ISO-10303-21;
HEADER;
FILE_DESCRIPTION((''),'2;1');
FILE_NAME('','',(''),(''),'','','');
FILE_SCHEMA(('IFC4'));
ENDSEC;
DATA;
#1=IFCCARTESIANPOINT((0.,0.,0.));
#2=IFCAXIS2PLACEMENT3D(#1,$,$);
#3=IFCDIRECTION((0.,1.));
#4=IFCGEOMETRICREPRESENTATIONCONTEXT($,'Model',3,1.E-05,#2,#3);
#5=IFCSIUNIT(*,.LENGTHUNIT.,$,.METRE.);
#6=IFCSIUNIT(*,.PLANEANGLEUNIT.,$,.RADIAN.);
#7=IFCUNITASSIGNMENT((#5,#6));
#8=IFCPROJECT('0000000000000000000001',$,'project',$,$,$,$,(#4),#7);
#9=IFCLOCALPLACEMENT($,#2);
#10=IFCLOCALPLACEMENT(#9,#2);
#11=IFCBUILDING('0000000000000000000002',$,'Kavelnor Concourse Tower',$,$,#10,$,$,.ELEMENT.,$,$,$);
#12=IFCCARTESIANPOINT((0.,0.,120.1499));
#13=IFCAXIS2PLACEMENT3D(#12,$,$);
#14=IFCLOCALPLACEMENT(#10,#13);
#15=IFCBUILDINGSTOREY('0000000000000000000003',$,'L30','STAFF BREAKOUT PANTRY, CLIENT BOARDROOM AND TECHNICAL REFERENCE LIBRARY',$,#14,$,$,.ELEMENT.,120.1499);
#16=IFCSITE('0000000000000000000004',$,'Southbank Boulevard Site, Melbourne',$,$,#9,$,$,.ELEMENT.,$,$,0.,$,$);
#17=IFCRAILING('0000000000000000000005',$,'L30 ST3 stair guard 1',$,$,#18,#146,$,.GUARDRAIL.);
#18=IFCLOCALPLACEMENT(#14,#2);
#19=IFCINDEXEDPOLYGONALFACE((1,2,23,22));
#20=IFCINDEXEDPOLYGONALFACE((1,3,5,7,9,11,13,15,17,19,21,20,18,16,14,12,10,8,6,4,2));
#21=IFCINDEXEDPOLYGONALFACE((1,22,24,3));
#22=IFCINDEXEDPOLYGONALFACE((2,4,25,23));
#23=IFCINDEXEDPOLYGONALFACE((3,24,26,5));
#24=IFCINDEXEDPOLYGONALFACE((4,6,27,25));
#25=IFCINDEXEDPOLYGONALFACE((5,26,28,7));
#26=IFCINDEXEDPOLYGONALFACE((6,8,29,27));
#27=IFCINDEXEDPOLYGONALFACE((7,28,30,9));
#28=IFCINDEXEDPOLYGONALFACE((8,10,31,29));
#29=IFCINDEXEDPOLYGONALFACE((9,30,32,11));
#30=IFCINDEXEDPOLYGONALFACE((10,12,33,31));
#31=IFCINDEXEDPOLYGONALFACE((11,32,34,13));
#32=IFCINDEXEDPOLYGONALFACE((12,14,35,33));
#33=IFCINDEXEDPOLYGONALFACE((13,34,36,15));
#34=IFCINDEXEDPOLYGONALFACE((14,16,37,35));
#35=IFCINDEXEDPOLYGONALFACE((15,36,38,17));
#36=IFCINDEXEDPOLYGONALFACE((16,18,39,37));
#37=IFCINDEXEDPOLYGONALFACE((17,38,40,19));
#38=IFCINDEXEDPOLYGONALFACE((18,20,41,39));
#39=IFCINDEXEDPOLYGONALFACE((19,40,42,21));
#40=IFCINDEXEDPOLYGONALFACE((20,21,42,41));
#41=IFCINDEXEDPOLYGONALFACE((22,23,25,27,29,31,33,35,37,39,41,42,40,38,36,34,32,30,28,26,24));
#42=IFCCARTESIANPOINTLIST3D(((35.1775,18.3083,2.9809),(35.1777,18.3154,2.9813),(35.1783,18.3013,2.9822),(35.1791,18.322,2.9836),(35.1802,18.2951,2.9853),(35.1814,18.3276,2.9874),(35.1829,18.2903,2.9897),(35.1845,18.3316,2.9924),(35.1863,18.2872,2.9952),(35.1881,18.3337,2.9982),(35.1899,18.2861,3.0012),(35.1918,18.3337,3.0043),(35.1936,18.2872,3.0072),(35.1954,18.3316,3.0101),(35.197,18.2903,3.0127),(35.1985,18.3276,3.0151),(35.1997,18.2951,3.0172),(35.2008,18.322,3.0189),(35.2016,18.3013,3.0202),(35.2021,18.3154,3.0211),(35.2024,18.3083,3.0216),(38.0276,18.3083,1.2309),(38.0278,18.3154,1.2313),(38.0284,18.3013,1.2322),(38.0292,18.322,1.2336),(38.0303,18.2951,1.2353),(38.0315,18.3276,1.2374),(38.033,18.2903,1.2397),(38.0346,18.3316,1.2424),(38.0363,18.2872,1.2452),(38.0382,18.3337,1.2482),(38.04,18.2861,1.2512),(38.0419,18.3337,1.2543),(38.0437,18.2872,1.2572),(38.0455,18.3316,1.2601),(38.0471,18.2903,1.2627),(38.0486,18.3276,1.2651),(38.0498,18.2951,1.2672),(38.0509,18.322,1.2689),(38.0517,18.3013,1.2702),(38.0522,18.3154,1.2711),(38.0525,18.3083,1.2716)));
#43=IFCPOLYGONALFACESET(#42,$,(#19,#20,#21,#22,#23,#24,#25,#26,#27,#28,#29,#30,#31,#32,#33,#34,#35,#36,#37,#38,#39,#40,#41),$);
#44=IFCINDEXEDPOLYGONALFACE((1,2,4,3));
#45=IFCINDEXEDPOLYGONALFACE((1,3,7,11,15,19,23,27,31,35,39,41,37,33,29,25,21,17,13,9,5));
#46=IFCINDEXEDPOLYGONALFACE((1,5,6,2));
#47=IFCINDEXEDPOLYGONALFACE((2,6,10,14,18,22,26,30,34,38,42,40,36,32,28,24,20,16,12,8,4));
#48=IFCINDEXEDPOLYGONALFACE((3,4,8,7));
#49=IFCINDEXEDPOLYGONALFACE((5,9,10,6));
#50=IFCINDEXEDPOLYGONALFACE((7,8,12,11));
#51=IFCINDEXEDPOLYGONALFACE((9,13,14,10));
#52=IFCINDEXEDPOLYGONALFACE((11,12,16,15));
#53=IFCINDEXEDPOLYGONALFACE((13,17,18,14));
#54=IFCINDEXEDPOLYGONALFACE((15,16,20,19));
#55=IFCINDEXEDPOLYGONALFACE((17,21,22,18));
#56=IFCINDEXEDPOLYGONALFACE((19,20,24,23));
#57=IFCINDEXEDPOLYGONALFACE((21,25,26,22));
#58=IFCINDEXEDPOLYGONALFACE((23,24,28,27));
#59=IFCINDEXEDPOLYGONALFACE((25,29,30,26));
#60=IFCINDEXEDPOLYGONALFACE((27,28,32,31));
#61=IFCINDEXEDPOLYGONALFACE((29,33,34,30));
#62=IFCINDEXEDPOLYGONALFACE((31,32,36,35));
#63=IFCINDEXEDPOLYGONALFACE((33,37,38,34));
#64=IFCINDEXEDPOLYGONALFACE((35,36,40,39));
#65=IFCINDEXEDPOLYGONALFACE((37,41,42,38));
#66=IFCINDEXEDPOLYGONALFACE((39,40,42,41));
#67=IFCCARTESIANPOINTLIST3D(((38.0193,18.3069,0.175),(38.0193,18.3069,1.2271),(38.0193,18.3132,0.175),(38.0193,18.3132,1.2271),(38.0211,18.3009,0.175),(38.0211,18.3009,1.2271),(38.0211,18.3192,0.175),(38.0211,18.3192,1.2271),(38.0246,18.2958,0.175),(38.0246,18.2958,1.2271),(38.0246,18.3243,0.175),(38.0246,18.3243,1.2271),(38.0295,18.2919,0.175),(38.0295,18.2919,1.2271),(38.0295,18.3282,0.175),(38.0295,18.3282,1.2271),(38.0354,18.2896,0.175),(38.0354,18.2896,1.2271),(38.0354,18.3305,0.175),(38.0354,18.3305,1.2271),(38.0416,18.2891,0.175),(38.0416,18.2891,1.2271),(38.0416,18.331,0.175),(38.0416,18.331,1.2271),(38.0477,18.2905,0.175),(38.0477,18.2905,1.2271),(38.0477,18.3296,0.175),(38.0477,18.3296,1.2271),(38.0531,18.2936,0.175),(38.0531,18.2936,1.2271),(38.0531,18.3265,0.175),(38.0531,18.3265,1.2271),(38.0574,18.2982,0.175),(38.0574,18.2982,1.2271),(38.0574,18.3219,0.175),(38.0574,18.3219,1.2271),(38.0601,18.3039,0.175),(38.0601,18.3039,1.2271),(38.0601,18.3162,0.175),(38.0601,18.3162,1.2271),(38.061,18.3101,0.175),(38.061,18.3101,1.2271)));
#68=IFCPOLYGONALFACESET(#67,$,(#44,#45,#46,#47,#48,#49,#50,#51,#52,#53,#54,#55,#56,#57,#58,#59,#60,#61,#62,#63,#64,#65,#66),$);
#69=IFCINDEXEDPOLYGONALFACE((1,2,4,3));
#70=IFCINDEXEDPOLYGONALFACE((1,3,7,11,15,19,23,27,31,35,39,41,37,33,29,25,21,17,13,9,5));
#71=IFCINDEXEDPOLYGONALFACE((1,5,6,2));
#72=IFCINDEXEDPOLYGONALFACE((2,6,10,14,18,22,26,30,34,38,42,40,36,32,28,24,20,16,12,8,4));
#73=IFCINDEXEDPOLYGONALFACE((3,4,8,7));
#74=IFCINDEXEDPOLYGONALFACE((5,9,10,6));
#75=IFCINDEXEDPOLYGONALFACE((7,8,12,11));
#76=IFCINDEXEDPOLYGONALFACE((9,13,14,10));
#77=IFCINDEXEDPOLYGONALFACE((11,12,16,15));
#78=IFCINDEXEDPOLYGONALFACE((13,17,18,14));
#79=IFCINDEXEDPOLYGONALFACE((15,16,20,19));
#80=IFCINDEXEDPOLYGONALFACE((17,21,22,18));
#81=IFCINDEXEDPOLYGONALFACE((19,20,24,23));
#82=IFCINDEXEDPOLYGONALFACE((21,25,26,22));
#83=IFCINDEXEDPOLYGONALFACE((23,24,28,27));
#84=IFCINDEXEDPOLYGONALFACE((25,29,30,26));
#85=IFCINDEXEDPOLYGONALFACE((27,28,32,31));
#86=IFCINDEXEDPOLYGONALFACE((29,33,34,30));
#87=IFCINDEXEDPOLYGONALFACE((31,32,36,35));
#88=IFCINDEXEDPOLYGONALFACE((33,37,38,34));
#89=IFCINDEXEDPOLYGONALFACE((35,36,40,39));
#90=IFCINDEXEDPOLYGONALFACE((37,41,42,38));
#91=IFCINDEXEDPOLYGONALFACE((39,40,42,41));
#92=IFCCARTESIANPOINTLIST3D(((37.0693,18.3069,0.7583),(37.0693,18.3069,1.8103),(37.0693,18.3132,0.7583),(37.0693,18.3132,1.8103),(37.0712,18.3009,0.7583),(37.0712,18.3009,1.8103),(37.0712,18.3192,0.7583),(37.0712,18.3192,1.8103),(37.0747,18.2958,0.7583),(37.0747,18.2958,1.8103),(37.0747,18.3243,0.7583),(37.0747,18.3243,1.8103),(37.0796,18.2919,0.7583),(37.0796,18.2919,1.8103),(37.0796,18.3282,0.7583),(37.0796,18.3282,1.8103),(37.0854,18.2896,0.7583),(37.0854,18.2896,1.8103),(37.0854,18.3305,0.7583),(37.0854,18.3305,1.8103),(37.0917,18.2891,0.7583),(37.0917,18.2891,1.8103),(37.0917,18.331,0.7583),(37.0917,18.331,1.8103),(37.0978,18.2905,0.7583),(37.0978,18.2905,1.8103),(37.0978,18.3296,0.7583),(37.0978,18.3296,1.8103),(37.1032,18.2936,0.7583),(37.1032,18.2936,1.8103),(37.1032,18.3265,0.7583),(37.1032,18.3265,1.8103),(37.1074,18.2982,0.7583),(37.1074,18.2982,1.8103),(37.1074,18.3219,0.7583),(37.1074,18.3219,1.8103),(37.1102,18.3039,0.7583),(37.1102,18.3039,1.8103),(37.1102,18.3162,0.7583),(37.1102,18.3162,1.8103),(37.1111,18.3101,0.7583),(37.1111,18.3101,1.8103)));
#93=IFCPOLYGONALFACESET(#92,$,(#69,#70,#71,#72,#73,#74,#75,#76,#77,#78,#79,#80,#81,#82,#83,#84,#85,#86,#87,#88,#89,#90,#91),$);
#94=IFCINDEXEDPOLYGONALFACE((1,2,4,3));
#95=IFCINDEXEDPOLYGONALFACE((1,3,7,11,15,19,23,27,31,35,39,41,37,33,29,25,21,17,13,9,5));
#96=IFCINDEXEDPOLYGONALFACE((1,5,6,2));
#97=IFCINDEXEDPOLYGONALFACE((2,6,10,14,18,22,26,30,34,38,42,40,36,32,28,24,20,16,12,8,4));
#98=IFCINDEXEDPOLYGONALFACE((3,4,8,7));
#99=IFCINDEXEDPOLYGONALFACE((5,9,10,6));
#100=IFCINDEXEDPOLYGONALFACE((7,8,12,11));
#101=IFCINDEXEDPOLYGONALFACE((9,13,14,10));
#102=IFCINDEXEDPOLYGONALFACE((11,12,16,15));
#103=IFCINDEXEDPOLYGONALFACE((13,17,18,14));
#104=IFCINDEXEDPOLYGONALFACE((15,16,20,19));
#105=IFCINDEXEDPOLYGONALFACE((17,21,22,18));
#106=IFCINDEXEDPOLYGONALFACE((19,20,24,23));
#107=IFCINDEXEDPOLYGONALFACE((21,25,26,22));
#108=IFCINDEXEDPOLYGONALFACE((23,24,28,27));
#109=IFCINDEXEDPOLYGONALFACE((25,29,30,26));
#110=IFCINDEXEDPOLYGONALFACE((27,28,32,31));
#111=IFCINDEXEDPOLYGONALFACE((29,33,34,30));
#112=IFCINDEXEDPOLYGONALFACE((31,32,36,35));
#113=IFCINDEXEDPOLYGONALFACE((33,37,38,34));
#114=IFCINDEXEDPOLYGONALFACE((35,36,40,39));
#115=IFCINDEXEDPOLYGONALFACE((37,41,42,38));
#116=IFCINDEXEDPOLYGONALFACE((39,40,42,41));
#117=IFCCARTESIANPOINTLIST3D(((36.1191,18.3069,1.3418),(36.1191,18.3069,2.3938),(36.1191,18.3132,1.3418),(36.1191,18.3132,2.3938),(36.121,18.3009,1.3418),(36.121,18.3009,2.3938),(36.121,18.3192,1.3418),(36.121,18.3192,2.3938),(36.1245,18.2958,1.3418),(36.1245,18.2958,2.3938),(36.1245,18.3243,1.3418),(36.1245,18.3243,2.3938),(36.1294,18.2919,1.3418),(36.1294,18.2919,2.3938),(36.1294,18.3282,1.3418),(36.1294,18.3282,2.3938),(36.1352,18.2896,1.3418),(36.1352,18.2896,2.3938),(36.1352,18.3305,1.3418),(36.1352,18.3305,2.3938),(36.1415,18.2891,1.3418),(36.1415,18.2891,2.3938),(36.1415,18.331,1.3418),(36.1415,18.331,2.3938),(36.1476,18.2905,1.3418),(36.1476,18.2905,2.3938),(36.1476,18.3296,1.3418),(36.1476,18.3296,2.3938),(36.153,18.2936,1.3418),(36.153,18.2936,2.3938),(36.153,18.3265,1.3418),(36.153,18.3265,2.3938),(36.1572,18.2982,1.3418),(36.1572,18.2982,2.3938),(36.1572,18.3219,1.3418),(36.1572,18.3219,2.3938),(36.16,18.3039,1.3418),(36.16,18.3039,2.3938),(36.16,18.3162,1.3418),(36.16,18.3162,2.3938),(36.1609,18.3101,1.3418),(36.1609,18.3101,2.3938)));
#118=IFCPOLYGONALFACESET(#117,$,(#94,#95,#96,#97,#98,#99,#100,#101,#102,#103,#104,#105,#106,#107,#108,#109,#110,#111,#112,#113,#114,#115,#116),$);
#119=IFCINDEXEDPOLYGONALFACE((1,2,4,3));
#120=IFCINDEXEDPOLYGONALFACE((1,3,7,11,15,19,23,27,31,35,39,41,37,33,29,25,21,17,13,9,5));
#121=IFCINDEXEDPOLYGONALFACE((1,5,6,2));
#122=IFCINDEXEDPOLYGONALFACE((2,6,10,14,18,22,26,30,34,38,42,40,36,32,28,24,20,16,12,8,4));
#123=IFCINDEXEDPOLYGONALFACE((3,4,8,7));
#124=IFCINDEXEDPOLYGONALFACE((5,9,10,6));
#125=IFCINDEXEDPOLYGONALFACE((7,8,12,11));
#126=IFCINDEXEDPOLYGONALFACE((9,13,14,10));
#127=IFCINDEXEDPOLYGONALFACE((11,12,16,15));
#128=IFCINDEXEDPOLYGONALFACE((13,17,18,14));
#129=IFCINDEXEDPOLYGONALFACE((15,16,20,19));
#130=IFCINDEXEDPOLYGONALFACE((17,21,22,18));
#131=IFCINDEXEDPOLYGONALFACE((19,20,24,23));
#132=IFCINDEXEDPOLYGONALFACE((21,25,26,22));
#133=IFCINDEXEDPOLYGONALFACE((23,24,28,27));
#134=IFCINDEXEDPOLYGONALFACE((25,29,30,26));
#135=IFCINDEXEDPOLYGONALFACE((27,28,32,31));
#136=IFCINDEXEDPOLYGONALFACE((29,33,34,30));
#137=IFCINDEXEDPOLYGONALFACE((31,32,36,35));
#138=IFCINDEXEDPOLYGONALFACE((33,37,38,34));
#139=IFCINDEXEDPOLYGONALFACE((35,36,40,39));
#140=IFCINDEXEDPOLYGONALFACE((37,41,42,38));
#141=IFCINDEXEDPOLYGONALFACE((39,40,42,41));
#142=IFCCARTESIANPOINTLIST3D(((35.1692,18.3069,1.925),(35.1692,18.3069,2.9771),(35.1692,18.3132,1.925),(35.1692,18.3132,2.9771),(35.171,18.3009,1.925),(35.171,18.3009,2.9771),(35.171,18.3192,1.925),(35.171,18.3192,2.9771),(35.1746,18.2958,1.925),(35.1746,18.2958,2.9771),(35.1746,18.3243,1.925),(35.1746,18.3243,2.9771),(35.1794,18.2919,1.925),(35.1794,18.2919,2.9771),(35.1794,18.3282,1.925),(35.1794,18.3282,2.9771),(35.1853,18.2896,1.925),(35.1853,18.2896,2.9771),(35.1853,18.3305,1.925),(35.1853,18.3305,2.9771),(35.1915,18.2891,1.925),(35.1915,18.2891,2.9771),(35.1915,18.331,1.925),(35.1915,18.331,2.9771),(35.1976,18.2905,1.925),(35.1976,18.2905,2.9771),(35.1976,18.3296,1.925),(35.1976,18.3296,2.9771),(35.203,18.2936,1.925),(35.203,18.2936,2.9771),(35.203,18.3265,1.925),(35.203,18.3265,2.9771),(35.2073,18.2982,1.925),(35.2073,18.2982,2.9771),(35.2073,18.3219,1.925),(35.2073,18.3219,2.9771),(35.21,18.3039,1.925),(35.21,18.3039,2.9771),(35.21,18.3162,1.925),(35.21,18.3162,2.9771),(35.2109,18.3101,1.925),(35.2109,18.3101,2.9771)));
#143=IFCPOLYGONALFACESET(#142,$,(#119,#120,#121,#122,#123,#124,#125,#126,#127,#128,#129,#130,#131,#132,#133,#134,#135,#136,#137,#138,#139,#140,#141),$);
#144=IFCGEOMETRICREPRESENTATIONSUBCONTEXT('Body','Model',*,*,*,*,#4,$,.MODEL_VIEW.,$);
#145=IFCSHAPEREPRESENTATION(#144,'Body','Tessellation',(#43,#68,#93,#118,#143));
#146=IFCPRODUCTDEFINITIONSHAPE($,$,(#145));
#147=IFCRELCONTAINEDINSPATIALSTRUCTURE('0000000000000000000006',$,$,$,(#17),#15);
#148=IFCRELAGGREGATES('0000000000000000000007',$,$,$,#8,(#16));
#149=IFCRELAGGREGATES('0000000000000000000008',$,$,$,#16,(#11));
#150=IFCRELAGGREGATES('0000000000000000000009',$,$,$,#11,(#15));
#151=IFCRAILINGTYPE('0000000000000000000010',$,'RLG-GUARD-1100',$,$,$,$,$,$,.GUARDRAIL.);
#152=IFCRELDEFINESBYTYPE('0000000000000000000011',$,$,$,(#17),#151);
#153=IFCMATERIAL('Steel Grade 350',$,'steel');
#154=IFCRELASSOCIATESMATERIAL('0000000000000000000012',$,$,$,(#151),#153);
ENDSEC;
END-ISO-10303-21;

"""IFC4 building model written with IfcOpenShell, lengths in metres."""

from ifc_helpers import new_model, si_unit, direction, frame, origin, origin_2d, place, context, subcontext, project, spatial, circle, extrude, material, type_object, element, save


model = new_model("IFC4")

# Units and contexts
model_context = context("Model", 3, precision=1e-05, world=origin(), true_north=direction((0.0, 1.0)))
body_context = subcontext(model_context, "Body", "Model", "MODEL_VIEW")
ifc_project = project(units=[si_unit("LENGTHUNIT", "METRE"), si_unit("PLANEANGLEUNIT", "RADIAN")], contexts=[model_context])

# Site, building, storey
site_placement = place(None, origin())
site = spatial("IfcSite", under=ifc_project, at=site_placement, Name="Southbank Boulevard Site, Melbourne", CompositionType="ELEMENT", RefElevation=0.0)
building_placement = place(site_placement, origin())
building = spatial("IfcBuilding", under=site, at=building_placement, Name="Kavelnor Concourse Tower", CompositionType="ELEMENT")
storey_placement = place(building_placement, frame((0.0, 0.0, 120.1499)))
storey = spatial("IfcBuildingStorey", under=building, at=storey_placement, Name="L30", Description="STAFF BREAKOUT PANTRY, CLIENT BOARDROOM AND TECHNICAL REFERENCE LIBRARY", CompositionType="ELEMENT", Elevation=120.1499)

# Shared definitions
ifc_material_1 = material(Name="Steel Grade 350", Category="steel")

# Railing
railing_type_1 = type_object("IfcRailingType", Name="RLG-GUARD-1100", PredefinedType="GUARDRAIL", material=ifc_material_1)
railing_1_placement = place(storey_placement, frame((38.04, 18.3101, 0.175)))
element("IfcRailing", 1, at=railing_1_placement, inside=storey, type_object=railing_type_1, Name="L30 ST3 stair guard 1", PredefinedType="GUARDRAIL", context=body_context, shape_type="SweptSolid", body=[
    extrude(circle(Radius=0.0239, at=origin_2d()), frame((0.0, 0.0, 1.0762), z_axis=(-0.852179, 0.0, 0.52325), x_axis=(0.0, -1.0, 0.0)), (0.0, 0.0, 1.0), 3.3445),
    extrude(circle(Radius=0.021, at=origin_2d()), origin(), (0.0, 0.0, 1.0), 1.052),
    extrude(circle(Radius=0.021, at=origin_2d()), frame((-0.95, 0.0, 0.5833)), (0.0, 0.0, 1.0), 1.052),
    extrude(circle(Radius=0.021, at=origin_2d()), frame((-1.9001, 0.0, 1.1667)), (0.0, 0.0, 1.0), 1.052),
    extrude(circle(Radius=0.021, at=origin_2d()), frame((-2.8501, 0.0, 1.75)), (0.0, 0.0, 1.0), 1.052),
])

save(model, "model.ifc")
